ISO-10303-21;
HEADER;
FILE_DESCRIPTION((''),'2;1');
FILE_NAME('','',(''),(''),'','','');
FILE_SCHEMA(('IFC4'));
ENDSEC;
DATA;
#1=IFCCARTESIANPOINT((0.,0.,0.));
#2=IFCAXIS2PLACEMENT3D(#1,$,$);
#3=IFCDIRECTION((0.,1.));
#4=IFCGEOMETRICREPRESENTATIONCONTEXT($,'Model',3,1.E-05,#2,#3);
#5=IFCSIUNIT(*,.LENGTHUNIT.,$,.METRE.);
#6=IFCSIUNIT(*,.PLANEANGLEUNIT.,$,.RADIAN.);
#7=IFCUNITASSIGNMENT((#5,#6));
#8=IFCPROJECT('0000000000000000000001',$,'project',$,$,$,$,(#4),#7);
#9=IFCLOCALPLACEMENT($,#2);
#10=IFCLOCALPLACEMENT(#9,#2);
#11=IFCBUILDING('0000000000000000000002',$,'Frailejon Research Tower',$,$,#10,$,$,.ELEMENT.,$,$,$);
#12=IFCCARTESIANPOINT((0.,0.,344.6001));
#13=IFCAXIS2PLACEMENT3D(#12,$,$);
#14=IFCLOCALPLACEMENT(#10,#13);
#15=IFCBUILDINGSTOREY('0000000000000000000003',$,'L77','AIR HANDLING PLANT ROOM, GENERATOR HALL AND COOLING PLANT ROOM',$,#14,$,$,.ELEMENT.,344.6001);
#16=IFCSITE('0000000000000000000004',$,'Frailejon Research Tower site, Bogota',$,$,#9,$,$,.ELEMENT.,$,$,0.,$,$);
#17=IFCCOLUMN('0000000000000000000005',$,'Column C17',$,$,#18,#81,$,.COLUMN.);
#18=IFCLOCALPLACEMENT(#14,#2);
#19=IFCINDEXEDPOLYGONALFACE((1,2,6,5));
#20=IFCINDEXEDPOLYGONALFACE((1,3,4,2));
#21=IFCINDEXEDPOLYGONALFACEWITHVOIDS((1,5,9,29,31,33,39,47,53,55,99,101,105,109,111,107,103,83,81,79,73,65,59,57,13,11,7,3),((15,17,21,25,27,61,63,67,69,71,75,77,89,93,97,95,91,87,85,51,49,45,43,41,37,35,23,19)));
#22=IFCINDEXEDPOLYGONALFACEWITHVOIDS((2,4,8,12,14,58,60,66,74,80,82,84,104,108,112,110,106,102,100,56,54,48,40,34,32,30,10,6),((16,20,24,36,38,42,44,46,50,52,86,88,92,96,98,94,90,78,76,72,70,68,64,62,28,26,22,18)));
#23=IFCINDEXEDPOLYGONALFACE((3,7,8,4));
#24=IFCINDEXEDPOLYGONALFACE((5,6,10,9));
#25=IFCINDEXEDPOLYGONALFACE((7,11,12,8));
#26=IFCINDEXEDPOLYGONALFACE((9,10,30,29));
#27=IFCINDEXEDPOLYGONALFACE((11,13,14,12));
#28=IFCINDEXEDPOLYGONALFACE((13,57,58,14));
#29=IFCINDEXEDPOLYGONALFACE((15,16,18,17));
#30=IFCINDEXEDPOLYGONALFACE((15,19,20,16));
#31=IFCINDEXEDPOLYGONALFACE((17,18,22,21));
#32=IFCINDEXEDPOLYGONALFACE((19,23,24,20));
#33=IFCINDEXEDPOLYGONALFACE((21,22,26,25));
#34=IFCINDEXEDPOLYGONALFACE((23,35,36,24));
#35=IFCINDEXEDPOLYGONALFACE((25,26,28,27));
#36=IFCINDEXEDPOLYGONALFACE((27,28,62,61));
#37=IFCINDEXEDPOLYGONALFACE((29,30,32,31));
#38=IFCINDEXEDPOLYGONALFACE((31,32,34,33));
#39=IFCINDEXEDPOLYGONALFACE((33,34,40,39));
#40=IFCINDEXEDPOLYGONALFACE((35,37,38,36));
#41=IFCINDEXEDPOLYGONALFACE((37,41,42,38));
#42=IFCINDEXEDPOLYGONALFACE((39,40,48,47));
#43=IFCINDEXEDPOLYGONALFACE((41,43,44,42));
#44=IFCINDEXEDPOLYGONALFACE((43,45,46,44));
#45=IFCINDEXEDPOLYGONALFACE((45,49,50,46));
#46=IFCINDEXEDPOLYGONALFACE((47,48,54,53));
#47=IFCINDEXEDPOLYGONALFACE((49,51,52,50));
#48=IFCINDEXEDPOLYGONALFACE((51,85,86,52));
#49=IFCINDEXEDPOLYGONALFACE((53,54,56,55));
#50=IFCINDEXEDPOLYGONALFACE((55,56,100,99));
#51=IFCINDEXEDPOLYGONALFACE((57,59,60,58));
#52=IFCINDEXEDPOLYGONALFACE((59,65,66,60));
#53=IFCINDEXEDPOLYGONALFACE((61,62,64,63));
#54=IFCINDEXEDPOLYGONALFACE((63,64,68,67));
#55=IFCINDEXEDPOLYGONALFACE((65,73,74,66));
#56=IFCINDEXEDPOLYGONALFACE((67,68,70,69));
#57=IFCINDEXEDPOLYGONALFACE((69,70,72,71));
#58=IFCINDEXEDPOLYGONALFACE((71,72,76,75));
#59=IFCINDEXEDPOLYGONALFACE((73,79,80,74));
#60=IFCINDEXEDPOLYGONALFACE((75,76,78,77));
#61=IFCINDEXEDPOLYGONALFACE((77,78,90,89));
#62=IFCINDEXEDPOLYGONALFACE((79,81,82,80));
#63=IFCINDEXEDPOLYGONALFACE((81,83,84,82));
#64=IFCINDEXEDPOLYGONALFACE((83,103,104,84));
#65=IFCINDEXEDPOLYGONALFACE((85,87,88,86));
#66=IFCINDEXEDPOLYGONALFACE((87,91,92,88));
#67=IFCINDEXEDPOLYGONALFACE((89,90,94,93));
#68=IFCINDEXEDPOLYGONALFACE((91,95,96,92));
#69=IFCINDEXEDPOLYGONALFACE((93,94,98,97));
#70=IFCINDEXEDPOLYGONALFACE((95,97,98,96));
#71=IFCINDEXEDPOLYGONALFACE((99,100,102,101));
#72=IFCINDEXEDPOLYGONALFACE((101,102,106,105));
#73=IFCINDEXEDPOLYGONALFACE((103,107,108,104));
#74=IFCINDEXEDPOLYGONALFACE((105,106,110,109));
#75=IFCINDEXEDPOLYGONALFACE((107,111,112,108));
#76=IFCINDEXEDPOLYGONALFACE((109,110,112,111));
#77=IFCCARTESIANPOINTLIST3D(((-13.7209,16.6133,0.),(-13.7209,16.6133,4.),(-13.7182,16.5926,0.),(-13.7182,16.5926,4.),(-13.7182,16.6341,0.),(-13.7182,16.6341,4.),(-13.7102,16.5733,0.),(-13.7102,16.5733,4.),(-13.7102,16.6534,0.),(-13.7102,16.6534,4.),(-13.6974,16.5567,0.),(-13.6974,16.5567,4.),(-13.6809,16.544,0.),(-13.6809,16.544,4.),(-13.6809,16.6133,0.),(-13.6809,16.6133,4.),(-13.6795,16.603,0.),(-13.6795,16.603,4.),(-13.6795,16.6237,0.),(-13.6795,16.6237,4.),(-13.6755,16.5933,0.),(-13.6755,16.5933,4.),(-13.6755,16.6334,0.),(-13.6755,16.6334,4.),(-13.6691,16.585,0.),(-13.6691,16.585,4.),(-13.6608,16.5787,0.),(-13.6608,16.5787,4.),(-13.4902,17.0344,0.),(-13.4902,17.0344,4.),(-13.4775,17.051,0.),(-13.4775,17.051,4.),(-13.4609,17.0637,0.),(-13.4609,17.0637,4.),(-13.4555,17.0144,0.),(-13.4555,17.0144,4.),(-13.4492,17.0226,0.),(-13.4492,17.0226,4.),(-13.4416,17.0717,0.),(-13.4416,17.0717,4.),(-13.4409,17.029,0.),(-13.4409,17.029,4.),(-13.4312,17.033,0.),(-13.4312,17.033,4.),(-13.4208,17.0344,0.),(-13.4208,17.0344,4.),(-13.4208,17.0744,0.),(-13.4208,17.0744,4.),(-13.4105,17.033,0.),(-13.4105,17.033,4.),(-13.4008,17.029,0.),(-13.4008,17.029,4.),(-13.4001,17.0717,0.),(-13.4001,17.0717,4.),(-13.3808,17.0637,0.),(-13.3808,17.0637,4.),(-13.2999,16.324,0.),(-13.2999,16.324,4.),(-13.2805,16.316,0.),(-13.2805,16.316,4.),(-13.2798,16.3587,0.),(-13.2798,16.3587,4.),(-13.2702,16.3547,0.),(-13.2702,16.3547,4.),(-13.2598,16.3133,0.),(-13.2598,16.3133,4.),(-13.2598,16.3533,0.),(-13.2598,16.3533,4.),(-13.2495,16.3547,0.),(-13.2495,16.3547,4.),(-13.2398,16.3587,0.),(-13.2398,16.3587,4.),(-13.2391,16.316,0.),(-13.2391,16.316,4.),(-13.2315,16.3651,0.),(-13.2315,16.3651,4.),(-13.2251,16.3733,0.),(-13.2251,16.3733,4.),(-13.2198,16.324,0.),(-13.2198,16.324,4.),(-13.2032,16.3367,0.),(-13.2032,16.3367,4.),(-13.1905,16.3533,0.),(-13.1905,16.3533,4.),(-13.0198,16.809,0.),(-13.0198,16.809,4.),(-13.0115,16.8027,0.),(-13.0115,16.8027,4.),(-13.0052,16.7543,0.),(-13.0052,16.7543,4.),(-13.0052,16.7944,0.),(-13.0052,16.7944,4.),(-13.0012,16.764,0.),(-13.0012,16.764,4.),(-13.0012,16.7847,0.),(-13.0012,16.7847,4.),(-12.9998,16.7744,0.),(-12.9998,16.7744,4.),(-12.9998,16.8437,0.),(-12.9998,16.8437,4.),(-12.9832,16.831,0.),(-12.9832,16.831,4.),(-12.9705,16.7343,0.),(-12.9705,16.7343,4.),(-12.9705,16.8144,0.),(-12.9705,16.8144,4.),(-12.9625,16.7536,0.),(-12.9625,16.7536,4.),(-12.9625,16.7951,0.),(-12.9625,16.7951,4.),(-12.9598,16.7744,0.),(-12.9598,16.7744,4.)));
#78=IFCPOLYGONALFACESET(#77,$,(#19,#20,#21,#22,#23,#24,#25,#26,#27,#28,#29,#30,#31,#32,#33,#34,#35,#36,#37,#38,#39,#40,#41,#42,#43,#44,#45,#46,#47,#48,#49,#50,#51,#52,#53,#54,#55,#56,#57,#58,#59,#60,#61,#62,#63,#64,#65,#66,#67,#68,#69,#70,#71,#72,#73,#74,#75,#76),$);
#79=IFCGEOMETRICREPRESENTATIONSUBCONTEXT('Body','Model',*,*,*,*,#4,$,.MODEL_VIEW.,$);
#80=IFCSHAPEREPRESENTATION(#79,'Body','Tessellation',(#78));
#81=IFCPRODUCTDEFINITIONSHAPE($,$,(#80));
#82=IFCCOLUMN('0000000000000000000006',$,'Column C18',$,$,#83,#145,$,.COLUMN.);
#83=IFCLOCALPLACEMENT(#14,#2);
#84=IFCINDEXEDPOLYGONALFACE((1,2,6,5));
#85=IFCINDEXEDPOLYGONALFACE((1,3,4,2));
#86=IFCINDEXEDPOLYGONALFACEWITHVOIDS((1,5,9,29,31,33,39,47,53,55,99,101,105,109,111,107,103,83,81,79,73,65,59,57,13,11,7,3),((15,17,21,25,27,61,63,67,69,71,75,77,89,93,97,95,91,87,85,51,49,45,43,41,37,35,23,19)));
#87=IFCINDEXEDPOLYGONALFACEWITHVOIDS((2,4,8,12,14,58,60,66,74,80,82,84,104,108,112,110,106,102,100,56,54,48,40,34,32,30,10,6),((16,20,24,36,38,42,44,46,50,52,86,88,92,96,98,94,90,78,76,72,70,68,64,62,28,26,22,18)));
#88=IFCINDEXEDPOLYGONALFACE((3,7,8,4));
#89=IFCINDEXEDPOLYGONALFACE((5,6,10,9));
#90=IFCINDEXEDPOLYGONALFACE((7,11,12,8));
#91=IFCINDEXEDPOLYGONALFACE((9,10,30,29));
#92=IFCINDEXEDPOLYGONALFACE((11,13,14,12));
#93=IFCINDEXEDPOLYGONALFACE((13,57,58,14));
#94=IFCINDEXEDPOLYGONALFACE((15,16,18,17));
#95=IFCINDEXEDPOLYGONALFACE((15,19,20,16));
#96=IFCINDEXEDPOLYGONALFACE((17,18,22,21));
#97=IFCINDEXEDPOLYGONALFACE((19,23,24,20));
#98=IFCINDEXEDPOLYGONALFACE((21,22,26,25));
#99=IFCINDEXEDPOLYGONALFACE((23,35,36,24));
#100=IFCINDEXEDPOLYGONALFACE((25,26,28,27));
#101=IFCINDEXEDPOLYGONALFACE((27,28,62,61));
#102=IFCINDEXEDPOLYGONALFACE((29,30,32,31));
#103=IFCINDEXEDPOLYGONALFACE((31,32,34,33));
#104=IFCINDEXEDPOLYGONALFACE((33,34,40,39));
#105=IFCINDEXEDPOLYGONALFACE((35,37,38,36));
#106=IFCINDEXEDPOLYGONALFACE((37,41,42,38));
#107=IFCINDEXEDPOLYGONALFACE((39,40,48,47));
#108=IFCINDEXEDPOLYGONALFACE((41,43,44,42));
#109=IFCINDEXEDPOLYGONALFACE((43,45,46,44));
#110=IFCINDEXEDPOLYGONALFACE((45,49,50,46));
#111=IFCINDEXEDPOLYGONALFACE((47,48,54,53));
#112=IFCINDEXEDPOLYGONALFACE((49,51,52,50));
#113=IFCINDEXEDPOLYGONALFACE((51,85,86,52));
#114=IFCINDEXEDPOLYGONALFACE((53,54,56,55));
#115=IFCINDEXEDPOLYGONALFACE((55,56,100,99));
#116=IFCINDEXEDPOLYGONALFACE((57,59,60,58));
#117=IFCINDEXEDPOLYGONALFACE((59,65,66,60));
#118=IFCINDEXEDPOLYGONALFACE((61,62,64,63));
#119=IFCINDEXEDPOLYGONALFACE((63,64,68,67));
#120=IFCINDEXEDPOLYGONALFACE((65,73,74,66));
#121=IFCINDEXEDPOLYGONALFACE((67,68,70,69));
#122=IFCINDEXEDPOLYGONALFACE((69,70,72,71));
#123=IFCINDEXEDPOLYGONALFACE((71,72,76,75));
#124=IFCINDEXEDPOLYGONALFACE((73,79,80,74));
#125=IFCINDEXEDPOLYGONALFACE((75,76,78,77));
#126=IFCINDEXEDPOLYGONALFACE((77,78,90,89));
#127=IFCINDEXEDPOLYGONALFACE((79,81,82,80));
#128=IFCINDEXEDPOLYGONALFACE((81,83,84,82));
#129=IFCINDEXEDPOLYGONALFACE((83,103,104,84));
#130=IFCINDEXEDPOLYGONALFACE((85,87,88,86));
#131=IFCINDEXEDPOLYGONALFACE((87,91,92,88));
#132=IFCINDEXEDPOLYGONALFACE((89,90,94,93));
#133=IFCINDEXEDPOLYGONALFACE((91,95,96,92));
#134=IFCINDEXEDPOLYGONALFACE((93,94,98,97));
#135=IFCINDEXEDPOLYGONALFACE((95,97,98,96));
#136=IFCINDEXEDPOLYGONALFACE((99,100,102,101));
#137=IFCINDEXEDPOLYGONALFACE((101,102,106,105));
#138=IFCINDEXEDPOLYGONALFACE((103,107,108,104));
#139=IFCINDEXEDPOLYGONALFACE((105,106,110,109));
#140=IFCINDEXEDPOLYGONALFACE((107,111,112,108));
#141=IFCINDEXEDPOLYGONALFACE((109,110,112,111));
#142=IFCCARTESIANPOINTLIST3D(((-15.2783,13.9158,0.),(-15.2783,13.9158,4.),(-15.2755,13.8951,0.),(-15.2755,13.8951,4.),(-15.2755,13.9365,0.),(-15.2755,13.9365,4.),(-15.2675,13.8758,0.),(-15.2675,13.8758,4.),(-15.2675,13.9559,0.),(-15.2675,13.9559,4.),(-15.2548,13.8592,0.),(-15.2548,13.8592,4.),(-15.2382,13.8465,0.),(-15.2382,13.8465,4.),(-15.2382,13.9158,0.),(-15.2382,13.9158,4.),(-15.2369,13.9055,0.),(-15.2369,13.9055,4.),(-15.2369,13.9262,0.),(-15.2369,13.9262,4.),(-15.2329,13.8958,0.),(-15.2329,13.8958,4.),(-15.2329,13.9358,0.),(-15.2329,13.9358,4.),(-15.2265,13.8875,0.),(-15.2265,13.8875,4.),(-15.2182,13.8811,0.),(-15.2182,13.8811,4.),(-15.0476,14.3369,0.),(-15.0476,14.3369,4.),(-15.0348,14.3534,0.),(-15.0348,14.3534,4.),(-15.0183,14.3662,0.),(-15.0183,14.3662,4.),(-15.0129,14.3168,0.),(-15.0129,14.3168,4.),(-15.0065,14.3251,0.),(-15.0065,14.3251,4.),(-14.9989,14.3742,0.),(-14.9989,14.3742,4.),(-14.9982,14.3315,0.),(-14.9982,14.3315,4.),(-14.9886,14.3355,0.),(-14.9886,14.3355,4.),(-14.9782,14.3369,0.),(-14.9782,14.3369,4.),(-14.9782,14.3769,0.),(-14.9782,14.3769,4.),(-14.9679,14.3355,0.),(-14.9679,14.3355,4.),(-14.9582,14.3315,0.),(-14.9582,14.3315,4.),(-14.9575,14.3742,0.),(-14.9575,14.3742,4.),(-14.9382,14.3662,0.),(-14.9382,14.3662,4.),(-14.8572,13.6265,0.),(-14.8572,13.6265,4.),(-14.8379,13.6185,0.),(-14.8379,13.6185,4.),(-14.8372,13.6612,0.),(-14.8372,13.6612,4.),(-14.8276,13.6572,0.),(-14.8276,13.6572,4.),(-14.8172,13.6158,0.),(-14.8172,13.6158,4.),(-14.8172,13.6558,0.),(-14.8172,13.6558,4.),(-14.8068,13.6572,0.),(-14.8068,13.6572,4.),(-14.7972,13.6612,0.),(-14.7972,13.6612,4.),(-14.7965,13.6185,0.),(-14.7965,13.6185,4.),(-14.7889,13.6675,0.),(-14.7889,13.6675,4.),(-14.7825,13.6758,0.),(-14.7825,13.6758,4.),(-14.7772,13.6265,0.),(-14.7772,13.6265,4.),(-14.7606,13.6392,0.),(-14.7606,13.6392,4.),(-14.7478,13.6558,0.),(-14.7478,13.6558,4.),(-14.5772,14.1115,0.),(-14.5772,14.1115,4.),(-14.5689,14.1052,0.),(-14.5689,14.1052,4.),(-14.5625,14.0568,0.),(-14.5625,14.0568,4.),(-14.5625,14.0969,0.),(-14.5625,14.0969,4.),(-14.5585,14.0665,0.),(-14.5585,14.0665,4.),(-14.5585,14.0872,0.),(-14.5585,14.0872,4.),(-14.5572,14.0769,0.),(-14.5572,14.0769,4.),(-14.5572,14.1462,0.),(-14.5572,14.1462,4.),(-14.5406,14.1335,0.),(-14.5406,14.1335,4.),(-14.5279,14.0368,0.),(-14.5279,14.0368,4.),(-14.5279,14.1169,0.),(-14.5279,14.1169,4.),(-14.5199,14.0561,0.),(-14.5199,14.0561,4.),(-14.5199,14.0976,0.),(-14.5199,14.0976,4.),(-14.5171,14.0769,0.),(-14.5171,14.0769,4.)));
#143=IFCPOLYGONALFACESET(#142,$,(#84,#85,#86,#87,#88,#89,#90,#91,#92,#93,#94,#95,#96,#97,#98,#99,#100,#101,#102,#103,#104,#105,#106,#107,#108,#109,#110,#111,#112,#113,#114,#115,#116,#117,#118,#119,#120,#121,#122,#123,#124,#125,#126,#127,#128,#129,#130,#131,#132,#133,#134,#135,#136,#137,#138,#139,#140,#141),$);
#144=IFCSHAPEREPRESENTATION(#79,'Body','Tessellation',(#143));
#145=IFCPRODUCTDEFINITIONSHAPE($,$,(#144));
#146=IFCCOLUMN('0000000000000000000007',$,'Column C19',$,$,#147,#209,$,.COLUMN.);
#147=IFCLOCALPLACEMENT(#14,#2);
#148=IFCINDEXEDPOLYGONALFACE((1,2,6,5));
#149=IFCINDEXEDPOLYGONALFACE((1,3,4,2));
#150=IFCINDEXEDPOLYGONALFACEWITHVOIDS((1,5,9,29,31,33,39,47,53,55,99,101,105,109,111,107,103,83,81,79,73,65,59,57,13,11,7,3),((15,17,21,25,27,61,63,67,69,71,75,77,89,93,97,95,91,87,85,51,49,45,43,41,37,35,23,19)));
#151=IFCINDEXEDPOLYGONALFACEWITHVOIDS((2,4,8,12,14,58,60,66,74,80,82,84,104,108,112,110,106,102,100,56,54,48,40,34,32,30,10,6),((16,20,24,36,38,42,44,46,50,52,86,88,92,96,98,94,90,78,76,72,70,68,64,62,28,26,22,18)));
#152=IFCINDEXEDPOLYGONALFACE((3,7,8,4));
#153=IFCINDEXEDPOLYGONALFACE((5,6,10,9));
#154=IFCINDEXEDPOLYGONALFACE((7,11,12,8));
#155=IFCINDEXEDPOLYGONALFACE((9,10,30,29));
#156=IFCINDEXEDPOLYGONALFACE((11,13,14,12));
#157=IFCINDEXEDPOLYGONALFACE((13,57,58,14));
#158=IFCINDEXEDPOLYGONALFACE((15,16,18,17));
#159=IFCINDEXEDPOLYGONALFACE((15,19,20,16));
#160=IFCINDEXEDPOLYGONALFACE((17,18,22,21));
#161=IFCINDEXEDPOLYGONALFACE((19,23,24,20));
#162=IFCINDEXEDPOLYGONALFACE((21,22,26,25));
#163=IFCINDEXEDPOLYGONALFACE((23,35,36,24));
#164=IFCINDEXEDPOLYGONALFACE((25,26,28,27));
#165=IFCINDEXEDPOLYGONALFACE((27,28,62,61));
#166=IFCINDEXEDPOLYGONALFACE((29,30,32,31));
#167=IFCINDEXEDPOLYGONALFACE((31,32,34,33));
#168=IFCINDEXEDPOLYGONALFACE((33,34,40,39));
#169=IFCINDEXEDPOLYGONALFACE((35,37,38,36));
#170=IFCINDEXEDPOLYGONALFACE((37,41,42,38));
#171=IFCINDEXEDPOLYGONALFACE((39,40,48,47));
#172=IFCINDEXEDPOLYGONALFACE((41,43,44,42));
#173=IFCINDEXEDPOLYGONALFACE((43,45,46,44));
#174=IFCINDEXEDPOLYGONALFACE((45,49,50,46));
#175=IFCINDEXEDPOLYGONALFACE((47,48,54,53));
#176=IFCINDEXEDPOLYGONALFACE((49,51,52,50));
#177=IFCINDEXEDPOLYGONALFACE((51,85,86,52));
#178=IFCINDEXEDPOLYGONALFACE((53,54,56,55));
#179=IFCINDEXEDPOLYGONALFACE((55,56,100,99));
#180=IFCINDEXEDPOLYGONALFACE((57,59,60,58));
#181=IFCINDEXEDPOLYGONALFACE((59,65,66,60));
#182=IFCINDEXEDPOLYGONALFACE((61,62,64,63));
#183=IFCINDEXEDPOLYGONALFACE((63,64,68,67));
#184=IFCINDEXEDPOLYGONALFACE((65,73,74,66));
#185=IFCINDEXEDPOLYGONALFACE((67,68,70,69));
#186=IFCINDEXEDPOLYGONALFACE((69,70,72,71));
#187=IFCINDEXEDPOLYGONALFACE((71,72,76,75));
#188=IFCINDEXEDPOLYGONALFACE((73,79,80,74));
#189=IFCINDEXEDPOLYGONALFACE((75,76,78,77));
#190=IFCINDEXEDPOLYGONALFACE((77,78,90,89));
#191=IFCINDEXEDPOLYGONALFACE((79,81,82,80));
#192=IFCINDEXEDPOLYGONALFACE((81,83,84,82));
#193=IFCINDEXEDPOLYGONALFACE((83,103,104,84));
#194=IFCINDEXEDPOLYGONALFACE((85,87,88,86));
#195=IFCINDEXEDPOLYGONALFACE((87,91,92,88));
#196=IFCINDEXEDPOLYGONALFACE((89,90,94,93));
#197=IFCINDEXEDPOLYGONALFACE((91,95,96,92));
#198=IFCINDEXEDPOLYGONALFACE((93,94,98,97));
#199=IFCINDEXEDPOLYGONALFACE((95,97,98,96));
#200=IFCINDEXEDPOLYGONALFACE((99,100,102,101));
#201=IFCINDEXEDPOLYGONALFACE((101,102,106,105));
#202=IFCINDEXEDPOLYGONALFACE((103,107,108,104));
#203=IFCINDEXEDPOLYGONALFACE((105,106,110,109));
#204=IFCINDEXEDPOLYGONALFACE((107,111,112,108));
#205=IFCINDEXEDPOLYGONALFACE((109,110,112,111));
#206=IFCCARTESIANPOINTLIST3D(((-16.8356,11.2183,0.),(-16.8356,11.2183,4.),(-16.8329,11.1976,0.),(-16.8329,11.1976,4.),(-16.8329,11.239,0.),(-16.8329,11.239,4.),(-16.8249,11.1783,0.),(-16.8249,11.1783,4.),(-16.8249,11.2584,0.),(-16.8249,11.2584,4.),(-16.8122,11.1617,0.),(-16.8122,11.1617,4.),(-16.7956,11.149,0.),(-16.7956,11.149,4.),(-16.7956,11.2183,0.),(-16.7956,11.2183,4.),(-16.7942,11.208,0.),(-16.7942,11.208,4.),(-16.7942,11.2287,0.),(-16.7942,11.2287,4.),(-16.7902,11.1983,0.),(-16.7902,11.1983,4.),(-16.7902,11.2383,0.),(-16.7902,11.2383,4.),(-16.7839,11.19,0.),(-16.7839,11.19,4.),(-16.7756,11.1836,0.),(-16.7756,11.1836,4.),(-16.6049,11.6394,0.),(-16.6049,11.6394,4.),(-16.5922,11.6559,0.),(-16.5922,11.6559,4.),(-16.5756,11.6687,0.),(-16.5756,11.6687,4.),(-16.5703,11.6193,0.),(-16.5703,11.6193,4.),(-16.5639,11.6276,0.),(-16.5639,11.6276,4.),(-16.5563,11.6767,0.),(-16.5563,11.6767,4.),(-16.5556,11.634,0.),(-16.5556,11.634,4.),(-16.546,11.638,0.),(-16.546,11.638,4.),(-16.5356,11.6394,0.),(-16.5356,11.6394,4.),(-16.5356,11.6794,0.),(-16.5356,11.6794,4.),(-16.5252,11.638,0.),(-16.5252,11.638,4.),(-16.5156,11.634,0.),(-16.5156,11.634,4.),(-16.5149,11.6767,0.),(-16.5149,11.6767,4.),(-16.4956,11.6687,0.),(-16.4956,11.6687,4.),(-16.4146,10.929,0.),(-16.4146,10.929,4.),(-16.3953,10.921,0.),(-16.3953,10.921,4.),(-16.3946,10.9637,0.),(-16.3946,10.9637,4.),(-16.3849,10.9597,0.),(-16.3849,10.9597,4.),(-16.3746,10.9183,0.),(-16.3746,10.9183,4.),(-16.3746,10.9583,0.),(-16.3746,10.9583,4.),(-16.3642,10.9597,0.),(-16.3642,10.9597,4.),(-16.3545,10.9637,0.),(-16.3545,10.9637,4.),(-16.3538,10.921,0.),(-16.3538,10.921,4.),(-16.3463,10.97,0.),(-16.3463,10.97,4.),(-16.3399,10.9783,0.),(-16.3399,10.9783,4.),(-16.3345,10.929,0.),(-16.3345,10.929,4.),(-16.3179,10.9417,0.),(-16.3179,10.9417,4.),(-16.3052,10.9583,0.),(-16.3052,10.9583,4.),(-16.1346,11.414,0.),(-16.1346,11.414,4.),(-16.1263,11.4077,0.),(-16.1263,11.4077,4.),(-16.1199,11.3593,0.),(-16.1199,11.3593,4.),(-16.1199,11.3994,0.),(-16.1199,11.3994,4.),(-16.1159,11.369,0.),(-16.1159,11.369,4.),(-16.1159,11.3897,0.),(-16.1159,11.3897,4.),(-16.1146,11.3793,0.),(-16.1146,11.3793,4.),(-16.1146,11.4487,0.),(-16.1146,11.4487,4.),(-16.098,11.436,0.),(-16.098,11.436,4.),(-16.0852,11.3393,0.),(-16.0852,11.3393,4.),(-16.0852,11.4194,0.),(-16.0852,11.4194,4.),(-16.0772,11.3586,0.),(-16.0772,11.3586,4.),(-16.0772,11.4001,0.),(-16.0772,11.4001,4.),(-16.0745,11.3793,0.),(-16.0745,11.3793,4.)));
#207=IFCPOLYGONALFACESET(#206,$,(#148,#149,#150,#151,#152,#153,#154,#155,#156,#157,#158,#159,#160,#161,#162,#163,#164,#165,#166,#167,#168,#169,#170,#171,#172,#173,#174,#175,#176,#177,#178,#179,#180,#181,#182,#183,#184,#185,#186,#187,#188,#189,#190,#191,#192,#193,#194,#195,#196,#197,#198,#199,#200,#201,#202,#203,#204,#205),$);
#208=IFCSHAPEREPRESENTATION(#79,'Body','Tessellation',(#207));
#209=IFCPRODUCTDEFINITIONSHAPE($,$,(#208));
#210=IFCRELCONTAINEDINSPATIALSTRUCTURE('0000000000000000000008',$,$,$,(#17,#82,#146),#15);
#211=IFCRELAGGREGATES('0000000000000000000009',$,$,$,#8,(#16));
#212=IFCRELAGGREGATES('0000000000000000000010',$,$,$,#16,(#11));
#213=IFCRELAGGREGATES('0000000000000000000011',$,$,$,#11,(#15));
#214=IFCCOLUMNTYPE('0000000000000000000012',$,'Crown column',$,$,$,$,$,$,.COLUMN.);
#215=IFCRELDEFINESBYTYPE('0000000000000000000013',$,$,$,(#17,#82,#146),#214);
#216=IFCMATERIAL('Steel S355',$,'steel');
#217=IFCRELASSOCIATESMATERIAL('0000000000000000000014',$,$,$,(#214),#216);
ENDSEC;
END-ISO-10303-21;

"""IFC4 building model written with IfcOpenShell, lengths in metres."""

from ifc_helpers import new_model, si_unit, direction, frame, origin, origin_2d, place, context, subcontext, project, spatial, hollow_rectangle, extrude, material, material_profile, profile_set, type_object, element, save


model = new_model("IFC4")

# Units and contexts
model_context = context("Model", 3, precision=1e-05, world=origin(), true_north=direction((0.0, 1.0)))
body_context = subcontext(model_context, "Body", "Model", "MODEL_VIEW")
ifc_project = project(units=[si_unit("LENGTHUNIT", "METRE"), si_unit("PLANEANGLEUNIT", "RADIAN")], contexts=[model_context])

# Site, building, storey
site_placement = place(None, origin())
site = spatial("IfcSite", under=ifc_project, at=site_placement, Name="Frailejon Research Tower site, Bogota", CompositionType="ELEMENT", RefElevation=0.0)
building_placement = place(site_placement, origin())
building = spatial("IfcBuilding", under=site, at=building_placement, Name="Frailejon Research Tower", CompositionType="ELEMENT")
storey_placement = place(building_placement, frame((0.0, 0.0, 344.6001)))
storey = spatial("IfcBuildingStorey", under=building, at=storey_placement, Name="L77", Description="AIR HANDLING PLANT ROOM, GENERATOR HALL AND COOLING PLANT ROOM", CompositionType="ELEMENT", Elevation=344.6001)

# Columns
ifc_material_1 = material(Name="Steel S355", Category="steel")
ifc_material_profile_1 = material_profile(ifc_material_1, hollow_rectangle(XDim=0.6001, YDim=0.6001, WallThickness=0.04, InnerFilletRadius=0.04, OuterFilletRadius=0.0801, at=origin_2d()), Name="Crown column")
ifc_profile_set_1 = profile_set([ifc_material_profile_1], Name="Steel S355")
column_type = type_object("IfcColumnType", Name="Crown column", PredefinedType="COLUMN", material=ifc_profile_set_1)
for number, where, z_axis, x_axis, name in (
    (1, (-13.3403, 16.6938, 0.0), (0.0, 0.0, 1.0), (-0.5, -0.866025, 0.0), "Column C17"),
    (2, (-14.8977, 13.9963, 0.0), (0.0, 0.0, 1.0), (-0.5, -0.866025, 0.0), "Column C18"),
    (3, (-16.4551, 11.2988, 0.0), (0.0, 0.0, 1.0), (-0.5, -0.866025, 0.0), "Column C19"),
):
    element("IfcColumn", number, at=place(storey_placement, frame(where, z_axis=z_axis, x_axis=x_axis)), inside=storey, type_object=column_type, Name=name, PredefinedType="COLUMN", context=body_context, shape_type="SweptSolid", body=[
        extrude(hollow_rectangle(XDim=0.6001, YDim=0.6001, WallThickness=0.04, InnerFilletRadius=0.04, OuterFilletRadius=0.0801, at=origin_2d()), origin(), (0.0, 0.0, 1.0), 4.0),
    ])

save(model, "model.ifc")
